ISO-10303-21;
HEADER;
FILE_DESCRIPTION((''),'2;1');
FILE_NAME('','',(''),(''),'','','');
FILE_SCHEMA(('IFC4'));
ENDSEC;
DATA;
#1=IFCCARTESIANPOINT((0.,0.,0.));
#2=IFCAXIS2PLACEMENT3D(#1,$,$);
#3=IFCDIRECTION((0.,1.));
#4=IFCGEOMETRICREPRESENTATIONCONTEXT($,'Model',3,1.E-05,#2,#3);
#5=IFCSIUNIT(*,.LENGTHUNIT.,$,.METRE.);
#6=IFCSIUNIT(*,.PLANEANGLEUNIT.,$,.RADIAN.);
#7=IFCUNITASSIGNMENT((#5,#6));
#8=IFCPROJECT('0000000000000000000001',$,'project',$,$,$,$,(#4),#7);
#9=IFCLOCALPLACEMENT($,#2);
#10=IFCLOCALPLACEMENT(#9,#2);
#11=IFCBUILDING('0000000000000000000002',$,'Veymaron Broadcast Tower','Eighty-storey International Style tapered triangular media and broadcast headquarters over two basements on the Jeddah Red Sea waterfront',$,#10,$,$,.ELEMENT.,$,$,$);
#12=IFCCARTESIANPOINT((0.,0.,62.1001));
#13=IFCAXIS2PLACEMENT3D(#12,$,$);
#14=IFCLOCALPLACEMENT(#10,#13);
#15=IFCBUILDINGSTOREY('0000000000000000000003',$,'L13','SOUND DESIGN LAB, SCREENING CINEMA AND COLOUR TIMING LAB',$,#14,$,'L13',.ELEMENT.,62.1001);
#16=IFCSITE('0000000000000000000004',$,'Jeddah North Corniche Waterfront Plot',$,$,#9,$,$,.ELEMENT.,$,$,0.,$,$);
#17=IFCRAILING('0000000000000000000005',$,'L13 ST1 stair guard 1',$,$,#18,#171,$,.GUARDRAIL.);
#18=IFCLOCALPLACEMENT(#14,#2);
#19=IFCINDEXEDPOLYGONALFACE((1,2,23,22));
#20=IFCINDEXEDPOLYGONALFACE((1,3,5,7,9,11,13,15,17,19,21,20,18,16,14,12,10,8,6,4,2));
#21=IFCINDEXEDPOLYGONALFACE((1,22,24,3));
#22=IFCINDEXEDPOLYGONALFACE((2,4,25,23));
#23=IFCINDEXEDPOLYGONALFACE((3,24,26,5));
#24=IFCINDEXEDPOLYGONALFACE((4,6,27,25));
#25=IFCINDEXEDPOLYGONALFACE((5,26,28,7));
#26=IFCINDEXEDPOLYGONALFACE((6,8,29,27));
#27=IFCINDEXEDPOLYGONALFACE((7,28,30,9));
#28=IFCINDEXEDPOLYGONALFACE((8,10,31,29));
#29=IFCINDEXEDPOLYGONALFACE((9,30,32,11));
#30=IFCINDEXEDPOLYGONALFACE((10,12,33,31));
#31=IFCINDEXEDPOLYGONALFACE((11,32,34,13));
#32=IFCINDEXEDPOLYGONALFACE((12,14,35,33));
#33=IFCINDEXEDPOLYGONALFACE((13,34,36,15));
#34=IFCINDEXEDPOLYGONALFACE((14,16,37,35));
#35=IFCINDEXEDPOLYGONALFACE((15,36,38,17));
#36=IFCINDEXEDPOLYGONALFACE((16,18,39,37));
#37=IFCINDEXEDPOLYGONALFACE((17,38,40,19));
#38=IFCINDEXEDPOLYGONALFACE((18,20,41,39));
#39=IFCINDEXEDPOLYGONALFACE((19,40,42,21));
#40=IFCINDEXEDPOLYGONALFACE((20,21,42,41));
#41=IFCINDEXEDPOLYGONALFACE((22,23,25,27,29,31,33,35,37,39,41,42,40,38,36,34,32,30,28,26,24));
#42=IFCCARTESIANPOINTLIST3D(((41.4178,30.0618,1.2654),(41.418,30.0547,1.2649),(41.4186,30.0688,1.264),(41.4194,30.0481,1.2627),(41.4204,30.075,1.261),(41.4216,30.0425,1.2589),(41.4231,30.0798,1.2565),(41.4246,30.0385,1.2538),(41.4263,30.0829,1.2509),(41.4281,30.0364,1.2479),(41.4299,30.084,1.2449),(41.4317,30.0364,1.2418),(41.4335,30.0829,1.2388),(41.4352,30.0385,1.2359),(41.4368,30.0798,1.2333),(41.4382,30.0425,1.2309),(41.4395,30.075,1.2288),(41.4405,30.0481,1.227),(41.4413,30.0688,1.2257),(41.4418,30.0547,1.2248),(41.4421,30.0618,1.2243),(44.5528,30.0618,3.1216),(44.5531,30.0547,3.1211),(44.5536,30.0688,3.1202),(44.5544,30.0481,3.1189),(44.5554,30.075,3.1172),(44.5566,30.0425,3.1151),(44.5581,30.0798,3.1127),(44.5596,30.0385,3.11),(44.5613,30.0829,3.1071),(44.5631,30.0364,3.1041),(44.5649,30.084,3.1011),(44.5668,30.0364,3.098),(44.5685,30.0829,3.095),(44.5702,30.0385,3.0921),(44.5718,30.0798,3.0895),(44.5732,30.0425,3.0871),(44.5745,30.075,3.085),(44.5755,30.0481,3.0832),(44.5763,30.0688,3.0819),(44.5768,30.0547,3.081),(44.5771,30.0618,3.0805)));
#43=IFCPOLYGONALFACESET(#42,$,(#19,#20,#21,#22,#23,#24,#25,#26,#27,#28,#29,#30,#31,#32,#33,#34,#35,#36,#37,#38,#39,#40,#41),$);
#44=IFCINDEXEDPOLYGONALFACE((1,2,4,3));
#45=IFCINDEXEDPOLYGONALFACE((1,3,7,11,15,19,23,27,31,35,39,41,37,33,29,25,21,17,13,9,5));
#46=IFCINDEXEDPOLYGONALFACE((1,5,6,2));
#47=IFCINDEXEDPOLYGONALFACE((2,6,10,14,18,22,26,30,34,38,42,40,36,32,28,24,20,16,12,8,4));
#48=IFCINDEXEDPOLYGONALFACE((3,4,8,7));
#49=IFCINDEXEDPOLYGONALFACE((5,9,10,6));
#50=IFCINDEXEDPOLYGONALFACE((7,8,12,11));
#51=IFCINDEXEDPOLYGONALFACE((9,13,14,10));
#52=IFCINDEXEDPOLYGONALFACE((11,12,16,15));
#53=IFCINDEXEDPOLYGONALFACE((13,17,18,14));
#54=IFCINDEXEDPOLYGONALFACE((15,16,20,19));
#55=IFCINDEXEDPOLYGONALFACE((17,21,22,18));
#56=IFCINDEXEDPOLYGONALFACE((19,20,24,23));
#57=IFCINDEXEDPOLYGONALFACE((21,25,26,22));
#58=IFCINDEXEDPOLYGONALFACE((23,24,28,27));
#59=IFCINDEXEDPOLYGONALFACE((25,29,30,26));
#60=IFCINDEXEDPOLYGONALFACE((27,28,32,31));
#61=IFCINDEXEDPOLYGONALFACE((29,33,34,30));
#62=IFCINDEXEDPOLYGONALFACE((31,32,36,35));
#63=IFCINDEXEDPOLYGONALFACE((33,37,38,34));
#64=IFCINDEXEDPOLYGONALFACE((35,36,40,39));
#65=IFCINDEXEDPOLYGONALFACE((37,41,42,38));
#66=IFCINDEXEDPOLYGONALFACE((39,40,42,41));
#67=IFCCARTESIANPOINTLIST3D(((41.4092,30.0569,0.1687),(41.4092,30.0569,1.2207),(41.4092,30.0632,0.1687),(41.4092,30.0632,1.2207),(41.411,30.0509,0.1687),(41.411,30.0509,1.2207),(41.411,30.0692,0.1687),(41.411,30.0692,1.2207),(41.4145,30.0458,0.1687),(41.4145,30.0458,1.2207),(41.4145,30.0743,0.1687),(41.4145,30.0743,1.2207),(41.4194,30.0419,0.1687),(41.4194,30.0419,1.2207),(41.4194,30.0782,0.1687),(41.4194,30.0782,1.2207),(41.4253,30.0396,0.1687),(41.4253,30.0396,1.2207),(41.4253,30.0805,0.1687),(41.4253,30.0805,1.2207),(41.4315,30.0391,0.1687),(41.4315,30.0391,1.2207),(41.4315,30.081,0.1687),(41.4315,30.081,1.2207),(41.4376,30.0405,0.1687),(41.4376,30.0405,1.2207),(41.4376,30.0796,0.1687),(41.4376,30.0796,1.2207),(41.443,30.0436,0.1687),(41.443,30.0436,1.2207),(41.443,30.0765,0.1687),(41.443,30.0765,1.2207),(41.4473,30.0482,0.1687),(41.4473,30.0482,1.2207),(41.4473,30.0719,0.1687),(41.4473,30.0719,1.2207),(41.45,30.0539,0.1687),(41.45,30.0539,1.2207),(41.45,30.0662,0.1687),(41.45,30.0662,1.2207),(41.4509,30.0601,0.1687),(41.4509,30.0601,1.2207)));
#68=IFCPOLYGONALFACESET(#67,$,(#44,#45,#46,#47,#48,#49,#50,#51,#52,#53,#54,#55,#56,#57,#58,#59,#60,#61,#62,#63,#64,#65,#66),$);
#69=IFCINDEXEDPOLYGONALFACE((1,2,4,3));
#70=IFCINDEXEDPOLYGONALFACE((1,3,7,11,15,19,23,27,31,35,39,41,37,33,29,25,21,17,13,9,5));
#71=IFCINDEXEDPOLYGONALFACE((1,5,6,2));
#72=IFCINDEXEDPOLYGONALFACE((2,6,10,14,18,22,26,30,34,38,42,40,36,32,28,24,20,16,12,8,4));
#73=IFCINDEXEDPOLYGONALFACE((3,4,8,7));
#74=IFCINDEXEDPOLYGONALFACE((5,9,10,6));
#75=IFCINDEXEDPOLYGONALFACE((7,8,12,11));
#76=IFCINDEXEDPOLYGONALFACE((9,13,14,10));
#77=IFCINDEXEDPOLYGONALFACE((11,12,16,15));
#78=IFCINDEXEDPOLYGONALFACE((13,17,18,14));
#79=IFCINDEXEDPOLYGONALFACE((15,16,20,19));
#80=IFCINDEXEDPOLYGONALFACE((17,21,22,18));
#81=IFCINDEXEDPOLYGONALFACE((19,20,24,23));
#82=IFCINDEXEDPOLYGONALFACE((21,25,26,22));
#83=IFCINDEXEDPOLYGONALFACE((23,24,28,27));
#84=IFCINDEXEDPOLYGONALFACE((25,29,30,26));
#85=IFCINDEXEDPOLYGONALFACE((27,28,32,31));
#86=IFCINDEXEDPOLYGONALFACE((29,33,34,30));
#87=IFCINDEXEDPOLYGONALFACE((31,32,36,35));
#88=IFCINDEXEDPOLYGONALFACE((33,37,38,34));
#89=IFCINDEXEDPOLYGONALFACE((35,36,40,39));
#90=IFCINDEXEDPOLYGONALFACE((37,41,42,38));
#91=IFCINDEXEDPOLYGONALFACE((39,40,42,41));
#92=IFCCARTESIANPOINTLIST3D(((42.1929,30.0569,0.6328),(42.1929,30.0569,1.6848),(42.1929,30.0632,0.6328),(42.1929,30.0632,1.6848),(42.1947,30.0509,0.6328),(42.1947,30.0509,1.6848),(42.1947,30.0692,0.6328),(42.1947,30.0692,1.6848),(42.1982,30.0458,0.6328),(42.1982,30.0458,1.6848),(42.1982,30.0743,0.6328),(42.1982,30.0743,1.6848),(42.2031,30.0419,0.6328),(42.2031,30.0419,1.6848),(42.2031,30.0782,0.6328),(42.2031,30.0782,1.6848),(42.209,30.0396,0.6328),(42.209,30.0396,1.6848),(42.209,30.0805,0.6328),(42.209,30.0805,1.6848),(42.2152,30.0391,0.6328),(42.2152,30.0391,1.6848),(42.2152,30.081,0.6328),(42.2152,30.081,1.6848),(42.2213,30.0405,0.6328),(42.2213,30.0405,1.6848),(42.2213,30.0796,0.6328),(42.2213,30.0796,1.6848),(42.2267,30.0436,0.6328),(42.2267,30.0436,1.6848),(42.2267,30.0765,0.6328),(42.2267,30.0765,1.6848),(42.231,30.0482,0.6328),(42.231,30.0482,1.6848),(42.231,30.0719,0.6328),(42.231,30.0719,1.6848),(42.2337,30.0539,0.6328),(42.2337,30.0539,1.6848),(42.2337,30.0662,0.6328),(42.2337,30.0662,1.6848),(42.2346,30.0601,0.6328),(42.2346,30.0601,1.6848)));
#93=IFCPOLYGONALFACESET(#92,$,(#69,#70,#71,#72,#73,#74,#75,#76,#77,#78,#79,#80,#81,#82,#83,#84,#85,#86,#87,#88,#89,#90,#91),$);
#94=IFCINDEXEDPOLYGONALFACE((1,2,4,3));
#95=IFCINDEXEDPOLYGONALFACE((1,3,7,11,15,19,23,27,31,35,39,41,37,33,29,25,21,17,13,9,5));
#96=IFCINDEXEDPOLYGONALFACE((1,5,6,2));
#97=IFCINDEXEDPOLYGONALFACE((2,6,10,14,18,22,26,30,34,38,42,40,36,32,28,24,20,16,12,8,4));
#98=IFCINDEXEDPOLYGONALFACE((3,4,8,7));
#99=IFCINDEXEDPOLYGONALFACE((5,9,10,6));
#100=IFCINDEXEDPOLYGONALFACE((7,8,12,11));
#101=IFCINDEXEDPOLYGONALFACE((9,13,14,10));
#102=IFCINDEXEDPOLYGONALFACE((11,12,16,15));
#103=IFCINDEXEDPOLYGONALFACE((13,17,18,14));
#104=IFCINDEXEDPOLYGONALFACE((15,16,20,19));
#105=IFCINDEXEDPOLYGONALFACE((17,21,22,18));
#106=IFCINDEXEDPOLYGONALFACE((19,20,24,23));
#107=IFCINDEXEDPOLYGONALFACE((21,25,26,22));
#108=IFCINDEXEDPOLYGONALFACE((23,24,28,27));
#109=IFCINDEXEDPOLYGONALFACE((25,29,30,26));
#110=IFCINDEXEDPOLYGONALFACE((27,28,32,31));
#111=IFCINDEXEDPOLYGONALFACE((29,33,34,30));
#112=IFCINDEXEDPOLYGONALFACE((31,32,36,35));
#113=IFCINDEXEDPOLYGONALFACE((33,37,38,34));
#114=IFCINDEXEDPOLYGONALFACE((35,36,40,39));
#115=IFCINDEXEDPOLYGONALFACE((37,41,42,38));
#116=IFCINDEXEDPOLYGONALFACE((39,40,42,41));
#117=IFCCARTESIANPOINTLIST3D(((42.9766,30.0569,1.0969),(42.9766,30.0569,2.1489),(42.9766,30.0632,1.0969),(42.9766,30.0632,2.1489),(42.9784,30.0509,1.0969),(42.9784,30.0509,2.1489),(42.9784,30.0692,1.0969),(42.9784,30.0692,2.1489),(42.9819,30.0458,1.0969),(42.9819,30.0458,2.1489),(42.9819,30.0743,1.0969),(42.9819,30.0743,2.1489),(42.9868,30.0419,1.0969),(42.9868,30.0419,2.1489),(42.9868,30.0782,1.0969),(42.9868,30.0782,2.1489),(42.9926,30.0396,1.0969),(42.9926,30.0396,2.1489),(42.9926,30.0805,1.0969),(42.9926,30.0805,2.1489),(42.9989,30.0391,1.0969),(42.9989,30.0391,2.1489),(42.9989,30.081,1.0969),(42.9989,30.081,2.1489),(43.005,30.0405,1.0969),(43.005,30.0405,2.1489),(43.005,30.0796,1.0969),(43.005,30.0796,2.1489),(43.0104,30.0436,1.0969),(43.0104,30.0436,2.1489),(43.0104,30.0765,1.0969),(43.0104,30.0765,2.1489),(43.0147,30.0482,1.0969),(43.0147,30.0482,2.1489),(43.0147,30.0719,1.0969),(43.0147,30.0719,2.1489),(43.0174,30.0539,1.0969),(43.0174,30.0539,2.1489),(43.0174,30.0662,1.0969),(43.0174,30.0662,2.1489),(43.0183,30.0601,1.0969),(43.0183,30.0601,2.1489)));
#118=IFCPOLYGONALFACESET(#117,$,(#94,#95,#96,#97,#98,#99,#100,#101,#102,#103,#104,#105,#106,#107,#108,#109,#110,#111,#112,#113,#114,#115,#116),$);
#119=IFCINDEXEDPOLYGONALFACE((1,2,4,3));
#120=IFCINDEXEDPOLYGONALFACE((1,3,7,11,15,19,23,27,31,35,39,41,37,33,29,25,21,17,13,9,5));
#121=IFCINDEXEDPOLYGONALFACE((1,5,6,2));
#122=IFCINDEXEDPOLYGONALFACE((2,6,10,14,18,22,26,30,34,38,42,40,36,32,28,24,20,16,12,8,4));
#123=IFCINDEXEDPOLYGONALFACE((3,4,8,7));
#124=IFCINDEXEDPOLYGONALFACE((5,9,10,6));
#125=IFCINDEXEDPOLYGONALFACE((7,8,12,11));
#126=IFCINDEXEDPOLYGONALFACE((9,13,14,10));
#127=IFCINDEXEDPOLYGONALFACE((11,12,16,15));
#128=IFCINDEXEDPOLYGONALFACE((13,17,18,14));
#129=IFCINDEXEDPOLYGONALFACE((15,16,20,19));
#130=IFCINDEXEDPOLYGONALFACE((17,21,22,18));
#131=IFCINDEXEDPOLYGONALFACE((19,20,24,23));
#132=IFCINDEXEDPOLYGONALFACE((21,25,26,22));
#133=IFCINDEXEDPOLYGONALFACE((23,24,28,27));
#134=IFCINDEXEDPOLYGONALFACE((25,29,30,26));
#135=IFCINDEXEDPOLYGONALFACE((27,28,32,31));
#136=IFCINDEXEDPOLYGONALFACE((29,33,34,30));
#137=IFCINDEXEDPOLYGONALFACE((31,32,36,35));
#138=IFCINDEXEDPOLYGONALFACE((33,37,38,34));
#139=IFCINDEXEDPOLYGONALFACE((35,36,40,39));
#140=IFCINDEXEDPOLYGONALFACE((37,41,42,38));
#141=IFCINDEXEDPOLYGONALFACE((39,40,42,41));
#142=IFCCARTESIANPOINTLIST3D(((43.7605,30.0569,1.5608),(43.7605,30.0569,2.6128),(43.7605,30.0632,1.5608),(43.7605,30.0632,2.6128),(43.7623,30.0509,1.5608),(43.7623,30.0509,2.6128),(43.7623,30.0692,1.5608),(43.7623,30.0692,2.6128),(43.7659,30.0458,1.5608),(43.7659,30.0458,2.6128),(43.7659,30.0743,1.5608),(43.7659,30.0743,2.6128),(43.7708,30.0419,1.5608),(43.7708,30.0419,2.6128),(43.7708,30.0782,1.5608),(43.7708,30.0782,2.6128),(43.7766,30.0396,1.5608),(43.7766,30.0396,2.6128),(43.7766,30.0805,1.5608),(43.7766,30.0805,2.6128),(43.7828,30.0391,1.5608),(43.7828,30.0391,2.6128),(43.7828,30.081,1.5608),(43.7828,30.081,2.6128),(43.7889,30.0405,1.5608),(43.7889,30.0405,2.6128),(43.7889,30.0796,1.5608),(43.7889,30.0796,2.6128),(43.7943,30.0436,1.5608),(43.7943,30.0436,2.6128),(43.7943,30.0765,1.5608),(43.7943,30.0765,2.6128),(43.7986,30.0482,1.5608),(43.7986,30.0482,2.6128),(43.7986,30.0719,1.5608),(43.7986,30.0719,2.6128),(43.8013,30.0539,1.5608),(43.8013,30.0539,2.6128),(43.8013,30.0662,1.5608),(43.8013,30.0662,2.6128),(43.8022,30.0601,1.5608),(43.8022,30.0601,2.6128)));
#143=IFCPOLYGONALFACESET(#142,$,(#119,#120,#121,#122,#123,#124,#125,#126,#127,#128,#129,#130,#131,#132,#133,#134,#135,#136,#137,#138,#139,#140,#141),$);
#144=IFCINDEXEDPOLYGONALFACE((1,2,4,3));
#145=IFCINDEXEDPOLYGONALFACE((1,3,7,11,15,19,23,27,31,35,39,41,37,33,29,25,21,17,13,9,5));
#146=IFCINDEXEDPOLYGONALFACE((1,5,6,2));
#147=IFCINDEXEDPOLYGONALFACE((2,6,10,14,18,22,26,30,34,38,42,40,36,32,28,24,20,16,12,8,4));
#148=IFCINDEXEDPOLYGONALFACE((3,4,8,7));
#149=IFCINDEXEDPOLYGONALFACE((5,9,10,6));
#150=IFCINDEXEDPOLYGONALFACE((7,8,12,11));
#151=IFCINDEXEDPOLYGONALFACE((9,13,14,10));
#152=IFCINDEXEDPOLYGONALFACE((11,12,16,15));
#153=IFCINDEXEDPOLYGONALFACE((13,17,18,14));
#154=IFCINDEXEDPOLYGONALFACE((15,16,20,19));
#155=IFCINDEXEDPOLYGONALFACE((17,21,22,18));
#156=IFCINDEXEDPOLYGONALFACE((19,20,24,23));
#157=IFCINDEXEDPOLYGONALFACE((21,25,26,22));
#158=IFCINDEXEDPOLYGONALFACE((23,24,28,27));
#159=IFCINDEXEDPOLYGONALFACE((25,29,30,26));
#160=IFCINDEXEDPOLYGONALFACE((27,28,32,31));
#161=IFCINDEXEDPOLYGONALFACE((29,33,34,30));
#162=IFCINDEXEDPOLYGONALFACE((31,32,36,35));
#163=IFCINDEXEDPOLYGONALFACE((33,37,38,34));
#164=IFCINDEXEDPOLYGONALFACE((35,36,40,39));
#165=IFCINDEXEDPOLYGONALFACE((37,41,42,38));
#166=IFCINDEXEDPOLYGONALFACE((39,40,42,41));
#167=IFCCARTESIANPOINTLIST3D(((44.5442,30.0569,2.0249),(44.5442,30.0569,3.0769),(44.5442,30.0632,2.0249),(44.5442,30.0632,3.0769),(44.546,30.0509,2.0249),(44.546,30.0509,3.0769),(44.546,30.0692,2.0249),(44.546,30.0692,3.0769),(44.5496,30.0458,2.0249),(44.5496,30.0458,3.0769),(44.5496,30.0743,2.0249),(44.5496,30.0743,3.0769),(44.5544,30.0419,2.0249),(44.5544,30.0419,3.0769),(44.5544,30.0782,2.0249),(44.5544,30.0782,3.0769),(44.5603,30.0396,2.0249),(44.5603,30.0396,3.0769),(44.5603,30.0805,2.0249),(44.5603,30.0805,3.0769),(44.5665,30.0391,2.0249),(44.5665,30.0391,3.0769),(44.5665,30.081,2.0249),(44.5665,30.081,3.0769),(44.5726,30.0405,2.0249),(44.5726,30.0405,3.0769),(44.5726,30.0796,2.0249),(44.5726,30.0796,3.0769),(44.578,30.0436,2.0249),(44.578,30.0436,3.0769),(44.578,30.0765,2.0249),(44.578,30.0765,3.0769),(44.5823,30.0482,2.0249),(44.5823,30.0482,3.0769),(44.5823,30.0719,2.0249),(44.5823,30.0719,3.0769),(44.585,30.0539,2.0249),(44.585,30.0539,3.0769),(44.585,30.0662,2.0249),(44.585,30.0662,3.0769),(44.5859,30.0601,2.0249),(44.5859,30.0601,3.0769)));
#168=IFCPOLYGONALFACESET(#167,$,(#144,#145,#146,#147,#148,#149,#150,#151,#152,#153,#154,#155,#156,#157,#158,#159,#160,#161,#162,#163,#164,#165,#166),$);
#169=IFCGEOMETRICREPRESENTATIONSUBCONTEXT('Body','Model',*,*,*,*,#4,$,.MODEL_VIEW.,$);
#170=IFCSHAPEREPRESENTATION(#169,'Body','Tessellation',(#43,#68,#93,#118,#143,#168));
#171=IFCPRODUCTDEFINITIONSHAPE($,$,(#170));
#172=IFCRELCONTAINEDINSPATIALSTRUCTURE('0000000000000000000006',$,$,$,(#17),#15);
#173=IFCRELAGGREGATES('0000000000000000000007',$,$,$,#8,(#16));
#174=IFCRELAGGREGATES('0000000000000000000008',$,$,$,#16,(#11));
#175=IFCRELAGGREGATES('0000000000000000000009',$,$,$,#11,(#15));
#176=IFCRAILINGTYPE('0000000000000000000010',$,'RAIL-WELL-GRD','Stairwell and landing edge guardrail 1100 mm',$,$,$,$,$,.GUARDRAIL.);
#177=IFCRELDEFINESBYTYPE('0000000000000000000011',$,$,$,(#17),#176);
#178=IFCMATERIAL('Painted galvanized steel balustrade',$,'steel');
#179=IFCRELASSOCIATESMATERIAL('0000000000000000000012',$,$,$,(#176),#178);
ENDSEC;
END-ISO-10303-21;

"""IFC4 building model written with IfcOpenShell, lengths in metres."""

from ifc_helpers import new_model, si_unit, direction, frame, origin, origin_2d, place, context, subcontext, project, spatial, circle, extrude, material, type_object, element, save


model = new_model("IFC4")

# Units and contexts
model_context = context("Model", 3, precision=1e-05, world=origin(), true_north=direction((0.0, 1.0)))
body_context = subcontext(model_context, "Body", "Model", "MODEL_VIEW")
ifc_project = project(units=[si_unit("LENGTHUNIT", "METRE"), si_unit("PLANEANGLEUNIT", "RADIAN")], contexts=[model_context])

# Site, building, storey
site_placement = place(None, origin())
site = spatial("IfcSite", under=ifc_project, at=site_placement, Name="Jeddah North Corniche Waterfront Plot", CompositionType="ELEMENT", RefElevation=0.0)
building_placement = place(site_placement, origin())
building = spatial("IfcBuilding", under=site, at=building_placement, Name="Veymaron Broadcast Tower", Description="Eighty-storey International Style tapered triangular media and broadcast headquarters over two basements on the Jeddah Red Sea waterfront", CompositionType="ELEMENT")
storey_placement = place(building_placement, frame((0.0, 0.0, 62.1001)))
storey = spatial("IfcBuildingStorey", under=building, at=storey_placement, Name="L13", Description="SOUND DESIGN LAB, SCREENING CINEMA AND COLOUR TIMING LAB", LongName="L13", CompositionType="ELEMENT", Elevation=62.1001)

# Railing
ifc_material_1 = material(Name="Painted galvanized steel balustrade", Category="steel")
railing_type_1 = type_object("IfcRailingType", Name="RAIL-WELL-GRD", Description="Stairwell and landing edge guardrail 1100 mm", PredefinedType="GUARDRAIL", material=ifc_material_1)
railing_1_placement = place(storey_placement, frame((41.4299, 30.0601, 0.1687)))
element("IfcRailing", 1, at=railing_1_placement, inside=storey, type_object=railing_type_1, Name="L13 ST1 stair guard 1", PredefinedType="GUARDRAIL", context=body_context, shape_type="SweptSolid", body=[
    extrude(circle(Radius=0.0239, at=origin_2d()), frame((0.0, 0.0, 1.0762), z_axis=(0.860482, 0.0, 0.509481), x_axis=(0.0, 1.0, 0.0)), (0.0, 0.0, 1.0), 3.6433),
    extrude(circle(Radius=0.021, at=origin_2d()), origin(), (0.0, 0.0, 1.0), 1.052),
    extrude(circle(Radius=0.021, at=origin_2d()), frame((0.7837, 0.0, 0.4641)), (0.0, 0.0, 1.0), 1.052),
    extrude(circle(Radius=0.021, at=origin_2d()), frame((1.5674, 0.0, 0.9282)), (0.0, 0.0, 1.0), 1.052),
    extrude(circle(Radius=0.021, at=origin_2d()), frame((2.3513, 0.0, 1.3921)), (0.0, 0.0, 1.0), 1.052),
    extrude(circle(Radius=0.021, at=origin_2d()), frame((3.135, 0.0, 1.8562)), (0.0, 0.0, 1.0), 1.052),
])

save(model, "model.ifc")
